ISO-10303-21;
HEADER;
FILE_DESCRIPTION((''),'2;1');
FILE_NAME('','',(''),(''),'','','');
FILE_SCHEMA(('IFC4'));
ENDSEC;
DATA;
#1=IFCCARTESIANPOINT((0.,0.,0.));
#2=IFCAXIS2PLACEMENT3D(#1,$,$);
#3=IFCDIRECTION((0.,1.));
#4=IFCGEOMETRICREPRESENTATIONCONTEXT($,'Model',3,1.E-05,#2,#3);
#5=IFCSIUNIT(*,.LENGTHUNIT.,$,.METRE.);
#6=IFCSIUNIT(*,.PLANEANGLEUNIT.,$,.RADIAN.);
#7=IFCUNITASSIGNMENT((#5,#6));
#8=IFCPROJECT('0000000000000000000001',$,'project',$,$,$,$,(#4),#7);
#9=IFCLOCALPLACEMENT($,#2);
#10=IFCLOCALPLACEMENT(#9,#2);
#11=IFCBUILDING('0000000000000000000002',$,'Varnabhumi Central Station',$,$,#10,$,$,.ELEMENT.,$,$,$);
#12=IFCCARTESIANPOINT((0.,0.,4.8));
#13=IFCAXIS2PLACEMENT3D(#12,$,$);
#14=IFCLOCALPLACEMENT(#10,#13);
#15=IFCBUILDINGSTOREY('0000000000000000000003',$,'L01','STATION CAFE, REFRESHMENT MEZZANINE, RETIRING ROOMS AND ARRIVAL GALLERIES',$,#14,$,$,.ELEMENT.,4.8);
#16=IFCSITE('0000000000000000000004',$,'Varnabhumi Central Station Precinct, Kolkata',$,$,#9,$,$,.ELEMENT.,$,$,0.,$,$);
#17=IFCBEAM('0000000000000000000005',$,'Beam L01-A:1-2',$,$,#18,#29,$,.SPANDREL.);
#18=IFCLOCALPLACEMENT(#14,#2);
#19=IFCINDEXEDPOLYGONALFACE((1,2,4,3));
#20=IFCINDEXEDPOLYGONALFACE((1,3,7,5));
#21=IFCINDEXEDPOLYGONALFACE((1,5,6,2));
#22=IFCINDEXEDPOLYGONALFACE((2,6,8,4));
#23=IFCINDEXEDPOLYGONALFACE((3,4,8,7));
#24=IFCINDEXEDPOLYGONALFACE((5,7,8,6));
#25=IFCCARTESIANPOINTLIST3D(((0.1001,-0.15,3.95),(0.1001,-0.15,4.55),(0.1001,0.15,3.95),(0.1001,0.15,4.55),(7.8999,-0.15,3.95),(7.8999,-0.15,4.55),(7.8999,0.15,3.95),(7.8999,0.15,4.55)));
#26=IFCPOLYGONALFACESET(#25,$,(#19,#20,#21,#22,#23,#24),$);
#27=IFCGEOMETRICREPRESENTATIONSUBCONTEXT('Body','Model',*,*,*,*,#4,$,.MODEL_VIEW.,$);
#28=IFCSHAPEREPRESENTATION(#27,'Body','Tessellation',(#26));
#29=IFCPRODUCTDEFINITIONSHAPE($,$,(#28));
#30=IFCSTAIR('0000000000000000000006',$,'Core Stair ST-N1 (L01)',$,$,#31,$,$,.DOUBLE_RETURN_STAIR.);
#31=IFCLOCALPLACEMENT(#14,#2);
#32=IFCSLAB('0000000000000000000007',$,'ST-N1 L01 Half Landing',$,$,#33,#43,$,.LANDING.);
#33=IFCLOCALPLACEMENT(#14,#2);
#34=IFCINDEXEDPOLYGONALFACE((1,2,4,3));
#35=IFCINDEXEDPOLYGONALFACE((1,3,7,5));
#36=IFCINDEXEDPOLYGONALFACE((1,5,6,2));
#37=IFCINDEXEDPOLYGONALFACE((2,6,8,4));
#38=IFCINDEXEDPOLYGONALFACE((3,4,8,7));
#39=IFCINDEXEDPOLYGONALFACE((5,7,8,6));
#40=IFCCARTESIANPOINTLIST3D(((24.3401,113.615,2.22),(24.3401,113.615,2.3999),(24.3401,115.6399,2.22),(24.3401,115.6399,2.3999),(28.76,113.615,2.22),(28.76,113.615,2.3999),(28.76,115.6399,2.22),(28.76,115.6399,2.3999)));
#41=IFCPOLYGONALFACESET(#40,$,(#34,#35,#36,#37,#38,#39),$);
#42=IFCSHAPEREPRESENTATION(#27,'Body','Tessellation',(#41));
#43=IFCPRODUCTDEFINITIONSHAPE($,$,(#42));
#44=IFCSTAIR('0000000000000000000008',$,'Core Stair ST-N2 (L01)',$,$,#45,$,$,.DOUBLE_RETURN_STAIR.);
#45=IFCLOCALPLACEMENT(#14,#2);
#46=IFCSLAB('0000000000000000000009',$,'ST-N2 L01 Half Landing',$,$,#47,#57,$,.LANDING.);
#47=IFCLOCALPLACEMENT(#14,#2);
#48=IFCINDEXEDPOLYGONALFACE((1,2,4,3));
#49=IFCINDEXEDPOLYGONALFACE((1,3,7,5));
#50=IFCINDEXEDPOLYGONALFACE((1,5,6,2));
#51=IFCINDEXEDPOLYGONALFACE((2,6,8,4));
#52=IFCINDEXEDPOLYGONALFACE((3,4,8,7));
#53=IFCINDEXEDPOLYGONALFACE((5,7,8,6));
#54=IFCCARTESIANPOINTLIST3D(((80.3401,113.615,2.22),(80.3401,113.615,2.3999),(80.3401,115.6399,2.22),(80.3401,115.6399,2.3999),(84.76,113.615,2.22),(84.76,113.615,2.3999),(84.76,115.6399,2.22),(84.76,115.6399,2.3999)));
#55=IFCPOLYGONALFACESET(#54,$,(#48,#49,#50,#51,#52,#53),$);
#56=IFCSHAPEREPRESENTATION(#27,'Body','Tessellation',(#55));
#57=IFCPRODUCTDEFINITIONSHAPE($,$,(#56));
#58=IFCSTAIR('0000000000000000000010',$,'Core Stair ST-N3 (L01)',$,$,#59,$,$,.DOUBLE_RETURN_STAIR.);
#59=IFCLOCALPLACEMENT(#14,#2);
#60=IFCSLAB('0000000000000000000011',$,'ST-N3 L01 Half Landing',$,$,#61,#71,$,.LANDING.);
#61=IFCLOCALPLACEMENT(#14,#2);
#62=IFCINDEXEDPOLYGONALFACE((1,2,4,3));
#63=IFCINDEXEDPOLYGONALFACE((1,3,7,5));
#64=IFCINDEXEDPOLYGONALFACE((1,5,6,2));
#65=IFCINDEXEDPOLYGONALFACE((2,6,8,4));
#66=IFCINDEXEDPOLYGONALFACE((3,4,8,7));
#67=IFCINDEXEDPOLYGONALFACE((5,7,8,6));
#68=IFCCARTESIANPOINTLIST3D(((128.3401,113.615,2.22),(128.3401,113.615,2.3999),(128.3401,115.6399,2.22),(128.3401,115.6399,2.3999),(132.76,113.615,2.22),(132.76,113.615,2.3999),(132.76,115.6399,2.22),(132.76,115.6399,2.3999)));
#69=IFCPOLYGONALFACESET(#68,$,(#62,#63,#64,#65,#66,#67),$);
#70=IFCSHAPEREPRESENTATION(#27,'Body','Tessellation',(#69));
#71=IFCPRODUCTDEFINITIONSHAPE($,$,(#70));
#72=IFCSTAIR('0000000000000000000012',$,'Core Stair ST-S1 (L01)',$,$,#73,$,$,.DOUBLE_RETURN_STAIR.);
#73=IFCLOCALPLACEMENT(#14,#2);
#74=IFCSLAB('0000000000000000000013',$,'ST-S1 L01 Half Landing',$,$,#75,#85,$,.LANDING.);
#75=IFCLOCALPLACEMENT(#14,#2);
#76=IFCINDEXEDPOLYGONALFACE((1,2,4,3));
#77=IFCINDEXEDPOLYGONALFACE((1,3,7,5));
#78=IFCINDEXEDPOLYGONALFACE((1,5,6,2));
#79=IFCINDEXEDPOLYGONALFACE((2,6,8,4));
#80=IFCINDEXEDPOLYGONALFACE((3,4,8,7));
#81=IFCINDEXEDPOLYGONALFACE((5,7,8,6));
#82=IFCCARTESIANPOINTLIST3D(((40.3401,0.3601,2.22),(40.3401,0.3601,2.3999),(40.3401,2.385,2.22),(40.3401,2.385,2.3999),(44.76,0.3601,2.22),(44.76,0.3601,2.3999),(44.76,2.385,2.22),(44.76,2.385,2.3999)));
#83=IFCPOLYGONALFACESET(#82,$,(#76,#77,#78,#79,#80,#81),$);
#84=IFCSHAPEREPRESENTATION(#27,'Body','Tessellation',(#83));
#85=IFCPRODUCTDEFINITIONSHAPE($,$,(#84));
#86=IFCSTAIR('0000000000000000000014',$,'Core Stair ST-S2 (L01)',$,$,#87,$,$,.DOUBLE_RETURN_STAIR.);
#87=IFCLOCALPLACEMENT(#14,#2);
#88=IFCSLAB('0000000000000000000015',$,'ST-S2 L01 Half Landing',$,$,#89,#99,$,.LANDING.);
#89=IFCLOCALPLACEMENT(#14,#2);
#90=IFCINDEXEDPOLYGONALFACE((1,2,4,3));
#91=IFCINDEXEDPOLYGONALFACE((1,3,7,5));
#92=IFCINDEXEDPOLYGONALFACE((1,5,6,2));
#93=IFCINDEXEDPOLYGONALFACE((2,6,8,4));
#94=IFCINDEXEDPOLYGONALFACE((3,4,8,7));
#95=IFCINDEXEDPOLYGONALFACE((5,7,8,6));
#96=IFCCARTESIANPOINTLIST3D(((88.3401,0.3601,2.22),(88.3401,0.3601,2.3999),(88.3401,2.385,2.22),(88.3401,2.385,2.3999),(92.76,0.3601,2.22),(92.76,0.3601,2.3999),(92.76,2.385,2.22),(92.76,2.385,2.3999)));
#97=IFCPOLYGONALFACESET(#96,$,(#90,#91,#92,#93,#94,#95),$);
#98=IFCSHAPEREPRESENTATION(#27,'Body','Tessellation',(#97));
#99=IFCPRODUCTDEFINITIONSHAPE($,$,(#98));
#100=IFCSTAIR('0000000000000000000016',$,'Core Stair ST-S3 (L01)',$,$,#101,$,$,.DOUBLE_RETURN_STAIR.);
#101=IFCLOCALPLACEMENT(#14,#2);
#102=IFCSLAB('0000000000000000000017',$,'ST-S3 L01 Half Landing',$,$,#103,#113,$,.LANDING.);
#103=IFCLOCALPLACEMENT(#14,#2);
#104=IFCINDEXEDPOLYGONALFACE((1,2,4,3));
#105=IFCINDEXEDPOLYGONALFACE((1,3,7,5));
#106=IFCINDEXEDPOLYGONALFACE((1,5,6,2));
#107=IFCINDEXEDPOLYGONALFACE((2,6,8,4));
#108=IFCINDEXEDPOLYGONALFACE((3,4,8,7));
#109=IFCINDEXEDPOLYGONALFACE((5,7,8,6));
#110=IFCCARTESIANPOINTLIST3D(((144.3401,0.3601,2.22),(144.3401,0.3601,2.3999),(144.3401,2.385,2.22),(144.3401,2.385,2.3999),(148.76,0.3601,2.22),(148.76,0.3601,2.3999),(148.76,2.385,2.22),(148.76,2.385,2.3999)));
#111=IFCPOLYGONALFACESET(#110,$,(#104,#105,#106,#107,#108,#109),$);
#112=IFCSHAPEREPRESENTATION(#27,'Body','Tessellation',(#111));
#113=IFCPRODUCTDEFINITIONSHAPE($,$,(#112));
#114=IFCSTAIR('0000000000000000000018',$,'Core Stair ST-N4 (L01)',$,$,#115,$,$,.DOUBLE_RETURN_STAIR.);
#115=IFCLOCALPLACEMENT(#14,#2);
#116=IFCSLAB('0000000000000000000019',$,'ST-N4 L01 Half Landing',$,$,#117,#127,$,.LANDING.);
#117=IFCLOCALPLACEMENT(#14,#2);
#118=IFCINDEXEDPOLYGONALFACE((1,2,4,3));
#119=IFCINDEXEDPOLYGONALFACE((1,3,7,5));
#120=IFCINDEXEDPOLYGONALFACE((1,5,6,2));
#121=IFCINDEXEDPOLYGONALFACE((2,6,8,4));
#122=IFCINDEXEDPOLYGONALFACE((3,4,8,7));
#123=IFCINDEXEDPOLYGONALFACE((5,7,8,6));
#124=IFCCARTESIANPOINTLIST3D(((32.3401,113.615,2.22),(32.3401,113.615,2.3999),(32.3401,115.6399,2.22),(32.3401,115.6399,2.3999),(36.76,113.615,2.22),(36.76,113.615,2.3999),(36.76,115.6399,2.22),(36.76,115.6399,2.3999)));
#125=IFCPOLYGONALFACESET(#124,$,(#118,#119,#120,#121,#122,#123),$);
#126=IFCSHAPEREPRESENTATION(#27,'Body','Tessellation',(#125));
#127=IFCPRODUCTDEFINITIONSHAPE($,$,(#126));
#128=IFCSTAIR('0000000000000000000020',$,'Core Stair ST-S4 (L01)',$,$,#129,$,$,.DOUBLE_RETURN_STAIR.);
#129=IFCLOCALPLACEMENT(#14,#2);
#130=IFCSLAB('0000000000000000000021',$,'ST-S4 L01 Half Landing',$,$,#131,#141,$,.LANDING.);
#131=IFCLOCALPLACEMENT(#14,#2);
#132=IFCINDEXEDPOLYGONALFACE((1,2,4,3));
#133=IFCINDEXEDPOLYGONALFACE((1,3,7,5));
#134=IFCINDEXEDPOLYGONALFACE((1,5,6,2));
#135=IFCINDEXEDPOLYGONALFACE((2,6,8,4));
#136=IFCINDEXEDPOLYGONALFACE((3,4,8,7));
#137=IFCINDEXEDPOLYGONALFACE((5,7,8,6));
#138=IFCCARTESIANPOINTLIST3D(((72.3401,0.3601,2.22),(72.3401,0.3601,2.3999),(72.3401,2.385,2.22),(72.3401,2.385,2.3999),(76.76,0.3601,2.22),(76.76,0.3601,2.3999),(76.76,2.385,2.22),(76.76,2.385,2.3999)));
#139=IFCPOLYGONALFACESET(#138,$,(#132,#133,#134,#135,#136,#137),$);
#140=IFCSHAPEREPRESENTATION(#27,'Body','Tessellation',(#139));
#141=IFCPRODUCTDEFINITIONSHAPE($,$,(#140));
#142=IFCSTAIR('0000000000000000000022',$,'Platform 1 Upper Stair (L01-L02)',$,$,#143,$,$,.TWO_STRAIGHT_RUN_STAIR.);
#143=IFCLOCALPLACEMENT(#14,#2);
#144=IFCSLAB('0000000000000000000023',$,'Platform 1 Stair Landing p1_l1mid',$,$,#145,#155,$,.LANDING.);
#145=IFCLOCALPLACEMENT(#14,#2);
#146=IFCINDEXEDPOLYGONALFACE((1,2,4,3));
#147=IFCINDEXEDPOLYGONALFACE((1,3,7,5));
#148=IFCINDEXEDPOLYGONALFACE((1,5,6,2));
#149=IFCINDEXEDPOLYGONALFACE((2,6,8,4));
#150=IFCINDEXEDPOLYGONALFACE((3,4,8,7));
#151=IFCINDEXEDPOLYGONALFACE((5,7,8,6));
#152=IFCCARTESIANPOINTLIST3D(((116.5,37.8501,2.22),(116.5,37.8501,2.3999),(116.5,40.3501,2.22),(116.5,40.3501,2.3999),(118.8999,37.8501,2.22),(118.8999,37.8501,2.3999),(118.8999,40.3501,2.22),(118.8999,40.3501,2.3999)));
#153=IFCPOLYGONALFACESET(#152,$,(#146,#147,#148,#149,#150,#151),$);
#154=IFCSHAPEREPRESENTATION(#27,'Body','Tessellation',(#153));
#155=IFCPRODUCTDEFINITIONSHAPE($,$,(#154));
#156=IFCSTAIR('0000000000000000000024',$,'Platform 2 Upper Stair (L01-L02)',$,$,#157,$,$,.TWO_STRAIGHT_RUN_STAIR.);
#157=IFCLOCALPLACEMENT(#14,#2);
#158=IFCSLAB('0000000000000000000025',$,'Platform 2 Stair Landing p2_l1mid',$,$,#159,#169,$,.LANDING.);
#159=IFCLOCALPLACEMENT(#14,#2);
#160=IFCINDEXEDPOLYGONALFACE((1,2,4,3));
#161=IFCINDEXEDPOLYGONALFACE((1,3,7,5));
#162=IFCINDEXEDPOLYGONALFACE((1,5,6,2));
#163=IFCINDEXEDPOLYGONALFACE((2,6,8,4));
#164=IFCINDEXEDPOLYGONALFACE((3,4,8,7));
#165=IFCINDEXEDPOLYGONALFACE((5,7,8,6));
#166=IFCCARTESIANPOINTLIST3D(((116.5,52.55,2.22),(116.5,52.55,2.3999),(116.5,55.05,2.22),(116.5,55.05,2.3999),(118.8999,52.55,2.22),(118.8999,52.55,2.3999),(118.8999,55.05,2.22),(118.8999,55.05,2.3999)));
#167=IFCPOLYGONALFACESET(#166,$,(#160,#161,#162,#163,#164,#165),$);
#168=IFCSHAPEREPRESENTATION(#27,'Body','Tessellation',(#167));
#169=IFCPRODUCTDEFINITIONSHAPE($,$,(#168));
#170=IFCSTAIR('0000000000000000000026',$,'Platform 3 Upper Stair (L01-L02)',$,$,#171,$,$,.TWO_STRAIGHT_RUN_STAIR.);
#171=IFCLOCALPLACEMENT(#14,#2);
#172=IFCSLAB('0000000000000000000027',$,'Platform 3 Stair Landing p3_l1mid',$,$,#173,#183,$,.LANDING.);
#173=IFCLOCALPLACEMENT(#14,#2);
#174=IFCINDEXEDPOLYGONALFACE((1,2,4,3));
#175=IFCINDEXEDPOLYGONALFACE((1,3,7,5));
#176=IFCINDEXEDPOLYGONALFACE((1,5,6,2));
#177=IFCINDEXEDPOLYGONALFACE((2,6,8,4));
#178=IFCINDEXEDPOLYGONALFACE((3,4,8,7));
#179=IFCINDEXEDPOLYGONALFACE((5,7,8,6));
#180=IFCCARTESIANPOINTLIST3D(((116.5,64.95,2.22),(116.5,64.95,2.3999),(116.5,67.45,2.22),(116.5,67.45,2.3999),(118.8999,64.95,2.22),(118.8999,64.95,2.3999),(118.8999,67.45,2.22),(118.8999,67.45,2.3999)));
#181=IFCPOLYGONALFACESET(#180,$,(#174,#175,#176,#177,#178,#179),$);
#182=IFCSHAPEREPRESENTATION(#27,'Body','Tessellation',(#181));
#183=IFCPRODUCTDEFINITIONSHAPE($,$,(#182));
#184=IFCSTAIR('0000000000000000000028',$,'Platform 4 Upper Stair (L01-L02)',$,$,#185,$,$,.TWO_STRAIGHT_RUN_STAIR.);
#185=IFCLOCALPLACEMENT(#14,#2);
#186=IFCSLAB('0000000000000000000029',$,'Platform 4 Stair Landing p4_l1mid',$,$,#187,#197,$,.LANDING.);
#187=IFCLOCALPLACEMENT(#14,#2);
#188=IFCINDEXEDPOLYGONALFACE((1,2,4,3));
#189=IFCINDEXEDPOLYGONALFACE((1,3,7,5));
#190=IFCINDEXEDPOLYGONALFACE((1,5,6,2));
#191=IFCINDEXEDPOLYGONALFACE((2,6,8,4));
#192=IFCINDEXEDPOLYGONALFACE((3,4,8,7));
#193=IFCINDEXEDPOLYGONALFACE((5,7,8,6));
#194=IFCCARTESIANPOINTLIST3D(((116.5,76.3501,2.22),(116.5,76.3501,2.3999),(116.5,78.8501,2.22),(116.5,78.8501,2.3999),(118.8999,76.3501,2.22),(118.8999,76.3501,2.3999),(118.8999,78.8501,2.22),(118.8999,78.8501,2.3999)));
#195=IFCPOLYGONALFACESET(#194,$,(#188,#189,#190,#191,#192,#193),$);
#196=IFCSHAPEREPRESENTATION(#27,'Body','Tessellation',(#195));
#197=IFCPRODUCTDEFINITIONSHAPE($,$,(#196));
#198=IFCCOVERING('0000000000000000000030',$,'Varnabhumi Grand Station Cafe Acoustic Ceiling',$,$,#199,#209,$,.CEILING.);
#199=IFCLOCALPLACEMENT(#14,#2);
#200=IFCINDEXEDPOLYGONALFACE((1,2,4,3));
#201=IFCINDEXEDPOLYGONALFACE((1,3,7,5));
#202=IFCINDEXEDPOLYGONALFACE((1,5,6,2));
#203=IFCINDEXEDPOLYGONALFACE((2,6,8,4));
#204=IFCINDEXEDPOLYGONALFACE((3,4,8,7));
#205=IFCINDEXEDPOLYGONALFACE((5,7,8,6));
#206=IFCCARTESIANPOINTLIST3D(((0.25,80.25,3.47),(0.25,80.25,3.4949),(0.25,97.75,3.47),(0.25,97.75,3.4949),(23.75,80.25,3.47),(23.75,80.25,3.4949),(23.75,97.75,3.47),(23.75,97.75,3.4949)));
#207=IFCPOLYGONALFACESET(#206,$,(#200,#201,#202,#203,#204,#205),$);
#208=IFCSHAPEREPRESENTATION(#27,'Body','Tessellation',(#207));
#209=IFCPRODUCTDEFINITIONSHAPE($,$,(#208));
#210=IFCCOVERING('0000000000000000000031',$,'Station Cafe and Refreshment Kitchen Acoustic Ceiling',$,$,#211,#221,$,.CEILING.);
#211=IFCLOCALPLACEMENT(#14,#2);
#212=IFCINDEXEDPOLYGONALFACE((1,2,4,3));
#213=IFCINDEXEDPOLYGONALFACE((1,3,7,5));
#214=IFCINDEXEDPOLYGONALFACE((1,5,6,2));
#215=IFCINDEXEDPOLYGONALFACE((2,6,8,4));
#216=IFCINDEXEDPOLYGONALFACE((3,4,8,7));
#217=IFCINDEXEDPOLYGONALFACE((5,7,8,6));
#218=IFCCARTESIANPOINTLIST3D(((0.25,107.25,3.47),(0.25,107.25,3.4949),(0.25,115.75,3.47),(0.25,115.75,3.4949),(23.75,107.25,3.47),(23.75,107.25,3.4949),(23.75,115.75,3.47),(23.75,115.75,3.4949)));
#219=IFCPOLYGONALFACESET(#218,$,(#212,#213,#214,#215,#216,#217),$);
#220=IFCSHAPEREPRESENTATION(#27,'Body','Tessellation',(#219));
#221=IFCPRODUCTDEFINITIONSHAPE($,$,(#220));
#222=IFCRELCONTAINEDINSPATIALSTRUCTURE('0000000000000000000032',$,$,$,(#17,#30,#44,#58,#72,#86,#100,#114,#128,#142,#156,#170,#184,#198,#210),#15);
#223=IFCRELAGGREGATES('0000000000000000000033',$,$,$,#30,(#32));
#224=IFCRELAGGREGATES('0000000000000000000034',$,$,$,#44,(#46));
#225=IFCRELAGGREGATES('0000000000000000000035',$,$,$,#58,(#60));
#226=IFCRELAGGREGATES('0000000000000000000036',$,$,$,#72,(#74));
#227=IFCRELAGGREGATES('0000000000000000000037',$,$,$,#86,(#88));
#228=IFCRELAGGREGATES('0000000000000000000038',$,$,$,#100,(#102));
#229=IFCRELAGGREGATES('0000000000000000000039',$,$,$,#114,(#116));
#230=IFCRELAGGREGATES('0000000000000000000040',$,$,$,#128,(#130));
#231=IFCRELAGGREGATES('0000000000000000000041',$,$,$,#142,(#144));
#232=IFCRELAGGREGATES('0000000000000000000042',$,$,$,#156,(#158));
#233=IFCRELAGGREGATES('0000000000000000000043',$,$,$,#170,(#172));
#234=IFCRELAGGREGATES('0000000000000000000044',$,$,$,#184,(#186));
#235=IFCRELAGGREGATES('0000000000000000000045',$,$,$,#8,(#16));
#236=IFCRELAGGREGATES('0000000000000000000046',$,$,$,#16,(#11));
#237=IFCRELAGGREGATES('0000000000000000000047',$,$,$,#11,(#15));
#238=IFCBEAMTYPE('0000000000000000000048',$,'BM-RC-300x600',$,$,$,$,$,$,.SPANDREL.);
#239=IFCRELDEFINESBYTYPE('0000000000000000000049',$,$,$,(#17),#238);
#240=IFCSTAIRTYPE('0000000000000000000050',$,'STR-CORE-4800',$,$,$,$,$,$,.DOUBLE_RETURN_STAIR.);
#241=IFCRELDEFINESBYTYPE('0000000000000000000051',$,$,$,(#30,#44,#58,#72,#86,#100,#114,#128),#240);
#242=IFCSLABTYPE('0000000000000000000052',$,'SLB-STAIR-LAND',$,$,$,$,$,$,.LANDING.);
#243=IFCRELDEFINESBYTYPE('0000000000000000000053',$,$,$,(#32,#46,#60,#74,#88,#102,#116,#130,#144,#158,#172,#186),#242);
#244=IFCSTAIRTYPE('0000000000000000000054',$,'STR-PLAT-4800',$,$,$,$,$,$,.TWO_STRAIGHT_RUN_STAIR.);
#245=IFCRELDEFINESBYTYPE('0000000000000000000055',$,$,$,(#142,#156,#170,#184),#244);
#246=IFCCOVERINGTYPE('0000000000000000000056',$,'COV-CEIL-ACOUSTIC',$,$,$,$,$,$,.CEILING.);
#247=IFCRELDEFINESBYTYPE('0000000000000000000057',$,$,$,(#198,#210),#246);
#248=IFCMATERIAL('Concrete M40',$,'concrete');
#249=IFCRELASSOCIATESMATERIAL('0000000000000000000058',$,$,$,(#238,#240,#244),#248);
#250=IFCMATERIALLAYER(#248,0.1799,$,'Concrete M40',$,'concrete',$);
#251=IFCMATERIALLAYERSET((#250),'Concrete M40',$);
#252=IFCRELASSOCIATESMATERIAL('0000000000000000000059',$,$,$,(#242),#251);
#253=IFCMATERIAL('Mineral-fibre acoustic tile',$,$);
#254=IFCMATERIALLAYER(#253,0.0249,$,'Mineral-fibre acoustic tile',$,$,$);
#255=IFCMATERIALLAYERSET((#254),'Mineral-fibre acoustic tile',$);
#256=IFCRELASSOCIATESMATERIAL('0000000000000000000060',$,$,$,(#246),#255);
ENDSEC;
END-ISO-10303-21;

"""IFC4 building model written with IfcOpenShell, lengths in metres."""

from ifc_helpers import new_model, si_unit, direction, frame, origin, origin_2d, place, context, subcontext, project, spatial, polyline, rectangle, outline, extrude, material, layer, layer_set, material_profile, profile_set, type_object, element, aggregate, save


model = new_model("IFC4")

# Units and contexts
model_context = context("Model", 3, precision=1e-05, world=origin(), true_north=direction((0.0, 1.0)))
body_context = subcontext(model_context, "Body", "Model", "MODEL_VIEW")
ifc_project = project(units=[si_unit("LENGTHUNIT", "METRE"), si_unit("PLANEANGLEUNIT", "RADIAN")], contexts=[model_context])

# Site, building, storey
site_placement = place(None, origin())
site = spatial("IfcSite", under=ifc_project, at=site_placement, Name="Varnabhumi Central Station Precinct, Kolkata", CompositionType="ELEMENT", RefElevation=0.0)
building_placement = place(site_placement, origin())
building = spatial("IfcBuilding", under=site, at=building_placement, Name="Varnabhumi Central Station", CompositionType="ELEMENT")
storey_placement = place(building_placement, frame((0.0, 0.0, 4.8)))
storey = spatial("IfcBuildingStorey", under=building, at=storey_placement, Name="L01", Description="STATION CAFE, REFRESHMENT MEZZANINE, RETIRING ROOMS AND ARRIVAL GALLERIES", CompositionType="ELEMENT", Elevation=4.8)

# Beam
ifc_material_1 = material(Name="Concrete M40", Category="concrete")
ifc_material_profile = material_profile(ifc_material_1, rectangle(XDim=0.3, YDim=0.6001, at=origin_2d()), Name="Concrete M40", Category="concrete")
ifc_profile_set = profile_set([ifc_material_profile], Name="Concrete M40")
beam_type = type_object("IfcBeamType", Name="BM-RC-300x600", PredefinedType="SPANDREL", material=ifc_profile_set)
beam_placement = place(storey_placement, frame((0.1001, 0.0, 4.25), z_axis=(1.0, 0.0, 0.0), x_axis=(0.0, 1.0, 0.0)))
element("IfcBeam", 1, at=beam_placement, inside=storey, type_object=beam_type, Name="Beam L01-A:1-2", PredefinedType="SPANDREL", context=body_context, shape_type="SweptSolid", body=[
    extrude(rectangle(XDim=0.3, YDim=0.6001, at=origin_2d()), origin(), (0.0, 0.0, 1.0), 7.7998),
])

# Stairs, slabs
stair_type_1 = type_object("IfcStairType", Name="STR-CORE-4800", PredefinedType="DOUBLE_RETURN_STAIR", material=ifc_material_1)
stair_1_placement = place(storey_placement, origin())
stair_1 = element("IfcStair", 2, at=stair_1_placement, inside=storey, type_object=stair_type_1, Name="Core Stair ST-N1 (L01)", PredefinedType="DOUBLE_RETURN_STAIR")
ifc_layer_1 = layer(ifc_material_1, 0.1799, Name="Concrete M40", Category="concrete")
ifc_layer_set_1 = layer_set([ifc_layer_1], Name="Concrete M40")
slab_type = type_object("IfcSlabType", Name="SLB-STAIR-LAND", PredefinedType="LANDING", material=ifc_layer_set_1)
slab_1_placement = place(storey_placement, frame((0.0, 0.0, 2.22)))
slab_1 = element("IfcSlab", 3, at=slab_1_placement, type_object=slab_type, Name="ST-N1 L01 Half Landing", PredefinedType="LANDING", context=body_context, shape_type="SweptSolid", body=[
    extrude(outline(polyline([(24.3401, 113.615), (28.76, 113.615), (28.76, 115.6399), (24.3401, 115.6399), (24.3401, 113.615)])), origin(), (0.0, 0.0, 1.0), 0.1799),
])
aggregate(stair_1, [slab_1])
stair_2_placement = place(storey_placement, origin())
stair_2 = element("IfcStair", 4, at=stair_2_placement, inside=storey, type_object=stair_type_1, Name="Core Stair ST-N2 (L01)", PredefinedType="DOUBLE_RETURN_STAIR")
slab_2_placement = place(storey_placement, frame((0.0, 0.0, 2.22)))
slab_2 = element("IfcSlab", 5, at=slab_2_placement, type_object=slab_type, Name="ST-N2 L01 Half Landing", PredefinedType="LANDING", context=body_context, shape_type="SweptSolid", body=[
    extrude(outline(polyline([(80.3401, 113.615), (84.76, 113.615), (84.76, 115.6399), (80.3401, 115.6399), (80.3401, 113.615)])), origin(), (0.0, 0.0, 1.0), 0.1799),
])
aggregate(stair_2, [slab_2])
stair_3_placement = place(storey_placement, origin())
stair_3 = element("IfcStair", 6, at=stair_3_placement, inside=storey, type_object=stair_type_1, Name="Core Stair ST-N3 (L01)", PredefinedType="DOUBLE_RETURN_STAIR")
slab_3_placement = place(storey_placement, frame((0.0, 0.0, 2.22)))
slab_3 = element("IfcSlab", 7, at=slab_3_placement, type_object=slab_type, Name="ST-N3 L01 Half Landing", PredefinedType="LANDING", context=body_context, shape_type="SweptSolid", body=[
    extrude(outline(polyline([(128.3401, 113.615), (132.76, 113.615), (132.76, 115.6399), (128.3401, 115.6399), (128.3401, 113.615)])), origin(), (0.0, 0.0, 1.0), 0.1799),
])
aggregate(stair_3, [slab_3])
stair_4_placement = place(storey_placement, origin())
stair_4 = element("IfcStair", 8, at=stair_4_placement, inside=storey, type_object=stair_type_1, Name="Core Stair ST-S1 (L01)", PredefinedType="DOUBLE_RETURN_STAIR")
slab_4_placement = place(storey_placement, frame((0.0, 0.0, 2.22)))
slab_4 = element("IfcSlab", 9, at=slab_4_placement, type_object=slab_type, Name="ST-S1 L01 Half Landing", PredefinedType="LANDING", context=body_context, shape_type="SweptSolid", body=[
    extrude(outline(polyline([(40.3401, 0.3601), (44.76, 0.3601), (44.76, 2.385), (40.3401, 2.385), (40.3401, 0.3601)])), origin(), (0.0, 0.0, 1.0), 0.1799),
])
aggregate(stair_4, [slab_4])
stair_5_placement = place(storey_placement, origin())
stair_5 = element("IfcStair", 10, at=stair_5_placement, inside=storey, type_object=stair_type_1, Name="Core Stair ST-S2 (L01)", PredefinedType="DOUBLE_RETURN_STAIR")
slab_5_placement = place(storey_placement, frame((0.0, 0.0, 2.22)))
slab_5 = element("IfcSlab", 11, at=slab_5_placement, type_object=slab_type, Name="ST-S2 L01 Half Landing", PredefinedType="LANDING", context=body_context, shape_type="SweptSolid", body=[
    extrude(outline(polyline([(88.3401, 0.3601), (92.76, 0.3601), (92.76, 2.385), (88.3401, 2.385), (88.3401, 0.3601)])), origin(), (0.0, 0.0, 1.0), 0.1799),
])
aggregate(stair_5, [slab_5])
stair_6_placement = place(storey_placement, origin())
stair_6 = element("IfcStair", 12, at=stair_6_placement, inside=storey, type_object=stair_type_1, Name="Core Stair ST-S3 (L01)", PredefinedType="DOUBLE_RETURN_STAIR")
slab_6_placement = place(storey_placement, frame((0.0, 0.0, 2.22)))
slab_6 = element("IfcSlab", 13, at=slab_6_placement, type_object=slab_type, Name="ST-S3 L01 Half Landing", PredefinedType="LANDING", context=body_context, shape_type="SweptSolid", body=[
    extrude(outline(polyline([(144.3401, 0.3601), (148.76, 0.3601), (148.76, 2.385), (144.3401, 2.385), (144.3401, 0.3601)])), origin(), (0.0, 0.0, 1.0), 0.1799),
])
aggregate(stair_6, [slab_6])
stair_7_placement = place(storey_placement, origin())
stair_7 = element("IfcStair", 14, at=stair_7_placement, inside=storey, type_object=stair_type_1, Name="Core Stair ST-N4 (L01)", PredefinedType="DOUBLE_RETURN_STAIR")
slab_7_placement = place(storey_placement, frame((0.0, 0.0, 2.22)))
slab_7 = element("IfcSlab", 15, at=slab_7_placement, type_object=slab_type, Name="ST-N4 L01 Half Landing", PredefinedType="LANDING", context=body_context, shape_type="SweptSolid", body=[
    extrude(outline(polyline([(32.3401, 113.615), (36.76, 113.615), (36.76, 115.6399), (32.3401, 115.6399), (32.3401, 113.615)])), origin(), (0.0, 0.0, 1.0), 0.1799),
])
aggregate(stair_7, [slab_7])
stair_8_placement = place(storey_placement, origin())
stair_8 = element("IfcStair", 16, at=stair_8_placement, inside=storey, type_object=stair_type_1, Name="Core Stair ST-S4 (L01)", PredefinedType="DOUBLE_RETURN_STAIR")
slab_8_placement = place(storey_placement, frame((0.0, 0.0, 2.22)))
slab_8 = element("IfcSlab", 17, at=slab_8_placement, type_object=slab_type, Name="ST-S4 L01 Half Landing", PredefinedType="LANDING", context=body_context, shape_type="SweptSolid", body=[
    extrude(outline(polyline([(72.3401, 0.3601), (76.76, 0.3601), (76.76, 2.385), (72.3401, 2.385), (72.3401, 0.3601)])), origin(), (0.0, 0.0, 1.0), 0.1799),
])
aggregate(stair_8, [slab_8])
stair_type_2 = type_object("IfcStairType", Name="STR-PLAT-4800", PredefinedType="TWO_STRAIGHT_RUN_STAIR", material=ifc_material_1)
stair_9_placement = place(storey_placement, origin())
stair_9 = element("IfcStair", 18, at=stair_9_placement, inside=storey, type_object=stair_type_2, Name="Platform 1 Upper Stair (L01-L02)", PredefinedType="TWO_STRAIGHT_RUN_STAIR")
slab_9_placement = place(storey_placement, frame((0.0, 0.0, 2.22)))
slab_9 = element("IfcSlab", 19, at=slab_9_placement, type_object=slab_type, Name="Platform 1 Stair Landing p1_l1mid", PredefinedType="LANDING", context=body_context, shape_type="SweptSolid", body=[
    extrude(outline(polyline([(116.5, 37.8501), (118.8999, 37.8501), (118.8999, 40.3501), (116.5, 40.3501), (116.5, 37.8501)])), origin(), (0.0, 0.0, 1.0), 0.1799),
])
aggregate(stair_9, [slab_9])
stair_10_placement = place(storey_placement, origin())
stair_10 = element("IfcStair", 20, at=stair_10_placement, inside=storey, type_object=stair_type_2, Name="Platform 2 Upper Stair (L01-L02)", PredefinedType="TWO_STRAIGHT_RUN_STAIR")
slab_10_placement = place(storey_placement, frame((0.0, 0.0, 2.22)))
slab_10 = element("IfcSlab", 21, at=slab_10_placement, type_object=slab_type, Name="Platform 2 Stair Landing p2_l1mid", PredefinedType="LANDING", context=body_context, shape_type="SweptSolid", body=[
    extrude(outline(polyline([(116.5, 52.55), (118.8999, 52.55), (118.8999, 55.05), (116.5, 55.05), (116.5, 52.55)])), origin(), (0.0, 0.0, 1.0), 0.1799),
])
aggregate(stair_10, [slab_10])
stair_11_placement = place(storey_placement, origin())
stair_11 = element("IfcStair", 22, at=stair_11_placement, inside=storey, type_object=stair_type_2, Name="Platform 3 Upper Stair (L01-L02)", PredefinedType="TWO_STRAIGHT_RUN_STAIR")
slab_11_placement = place(storey_placement, frame((0.0, 0.0, 2.22)))
slab_11 = element("IfcSlab", 23, at=slab_11_placement, type_object=slab_type, Name="Platform 3 Stair Landing p3_l1mid", PredefinedType="LANDING", context=body_context, shape_type="SweptSolid", body=[
    extrude(outline(polyline([(116.5, 64.95), (118.8999, 64.95), (118.8999, 67.45), (116.5, 67.45), (116.5, 64.95)])), origin(), (0.0, 0.0, 1.0), 0.1799),
])
aggregate(stair_11, [slab_11])
stair_12_placement = place(storey_placement, origin())
stair_12 = element("IfcStair", 24, at=stair_12_placement, inside=storey, type_object=stair_type_2, Name="Platform 4 Upper Stair (L01-L02)", PredefinedType="TWO_STRAIGHT_RUN_STAIR")
slab_12_placement = place(storey_placement, frame((0.0, 0.0, 2.22)))
slab_12 = element("IfcSlab", 25, at=slab_12_placement, type_object=slab_type, Name="Platform 4 Stair Landing p4_l1mid", PredefinedType="LANDING", context=body_context, shape_type="SweptSolid", body=[
    extrude(outline(polyline([(116.5, 76.3501), (118.8999, 76.3501), (118.8999, 78.8501), (116.5, 78.8501), (116.5, 76.3501)])), origin(), (0.0, 0.0, 1.0), 0.1799),
])
aggregate(stair_12, [slab_12])

# Coverings
ifc_material_2 = material(Name="Mineral-fibre acoustic tile")
ifc_layer_2 = layer(ifc_material_2, 0.0249, Name="Mineral-fibre acoustic tile")
ifc_layer_set_2 = layer_set([ifc_layer_2], Name="Mineral-fibre acoustic tile")
covering_type_1 = type_object("IfcCoveringType", Name="COV-CEIL-ACOUSTIC", PredefinedType="CEILING", material=ifc_layer_set_2)
covering_1_placement = place(storey_placement, frame((0.0, 0.0, 3.47)))
element("IfcCovering", 26, at=covering_1_placement, inside=storey, type_object=covering_type_1, Name="Varnabhumi Grand Station Cafe Acoustic Ceiling", PredefinedType="CEILING", context=body_context, shape_type="SweptSolid", body=[
    extrude(outline(polyline([(0.25, 80.25), (23.75, 80.25), (23.75, 97.75), (0.25, 97.75), (0.25, 80.25)])), origin(), (0.0, 0.0, 1.0), 0.0249),
])
covering_2_placement = place(storey_placement, frame((0.0, 0.0, 3.47)))
element("IfcCovering", 27, at=covering_2_placement, inside=storey, type_object=covering_type_1, Name="Station Cafe and Refreshment Kitchen Acoustic Ceiling", PredefinedType="CEILING", context=body_context, shape_type="SweptSolid", body=[
    extrude(outline(polyline([(0.25, 107.25), (23.75, 107.25), (23.75, 115.75), (0.25, 115.75), (0.25, 107.25)])), origin(), (0.0, 0.0, 1.0), 0.0249),
])

save(model, "model.ifc")
